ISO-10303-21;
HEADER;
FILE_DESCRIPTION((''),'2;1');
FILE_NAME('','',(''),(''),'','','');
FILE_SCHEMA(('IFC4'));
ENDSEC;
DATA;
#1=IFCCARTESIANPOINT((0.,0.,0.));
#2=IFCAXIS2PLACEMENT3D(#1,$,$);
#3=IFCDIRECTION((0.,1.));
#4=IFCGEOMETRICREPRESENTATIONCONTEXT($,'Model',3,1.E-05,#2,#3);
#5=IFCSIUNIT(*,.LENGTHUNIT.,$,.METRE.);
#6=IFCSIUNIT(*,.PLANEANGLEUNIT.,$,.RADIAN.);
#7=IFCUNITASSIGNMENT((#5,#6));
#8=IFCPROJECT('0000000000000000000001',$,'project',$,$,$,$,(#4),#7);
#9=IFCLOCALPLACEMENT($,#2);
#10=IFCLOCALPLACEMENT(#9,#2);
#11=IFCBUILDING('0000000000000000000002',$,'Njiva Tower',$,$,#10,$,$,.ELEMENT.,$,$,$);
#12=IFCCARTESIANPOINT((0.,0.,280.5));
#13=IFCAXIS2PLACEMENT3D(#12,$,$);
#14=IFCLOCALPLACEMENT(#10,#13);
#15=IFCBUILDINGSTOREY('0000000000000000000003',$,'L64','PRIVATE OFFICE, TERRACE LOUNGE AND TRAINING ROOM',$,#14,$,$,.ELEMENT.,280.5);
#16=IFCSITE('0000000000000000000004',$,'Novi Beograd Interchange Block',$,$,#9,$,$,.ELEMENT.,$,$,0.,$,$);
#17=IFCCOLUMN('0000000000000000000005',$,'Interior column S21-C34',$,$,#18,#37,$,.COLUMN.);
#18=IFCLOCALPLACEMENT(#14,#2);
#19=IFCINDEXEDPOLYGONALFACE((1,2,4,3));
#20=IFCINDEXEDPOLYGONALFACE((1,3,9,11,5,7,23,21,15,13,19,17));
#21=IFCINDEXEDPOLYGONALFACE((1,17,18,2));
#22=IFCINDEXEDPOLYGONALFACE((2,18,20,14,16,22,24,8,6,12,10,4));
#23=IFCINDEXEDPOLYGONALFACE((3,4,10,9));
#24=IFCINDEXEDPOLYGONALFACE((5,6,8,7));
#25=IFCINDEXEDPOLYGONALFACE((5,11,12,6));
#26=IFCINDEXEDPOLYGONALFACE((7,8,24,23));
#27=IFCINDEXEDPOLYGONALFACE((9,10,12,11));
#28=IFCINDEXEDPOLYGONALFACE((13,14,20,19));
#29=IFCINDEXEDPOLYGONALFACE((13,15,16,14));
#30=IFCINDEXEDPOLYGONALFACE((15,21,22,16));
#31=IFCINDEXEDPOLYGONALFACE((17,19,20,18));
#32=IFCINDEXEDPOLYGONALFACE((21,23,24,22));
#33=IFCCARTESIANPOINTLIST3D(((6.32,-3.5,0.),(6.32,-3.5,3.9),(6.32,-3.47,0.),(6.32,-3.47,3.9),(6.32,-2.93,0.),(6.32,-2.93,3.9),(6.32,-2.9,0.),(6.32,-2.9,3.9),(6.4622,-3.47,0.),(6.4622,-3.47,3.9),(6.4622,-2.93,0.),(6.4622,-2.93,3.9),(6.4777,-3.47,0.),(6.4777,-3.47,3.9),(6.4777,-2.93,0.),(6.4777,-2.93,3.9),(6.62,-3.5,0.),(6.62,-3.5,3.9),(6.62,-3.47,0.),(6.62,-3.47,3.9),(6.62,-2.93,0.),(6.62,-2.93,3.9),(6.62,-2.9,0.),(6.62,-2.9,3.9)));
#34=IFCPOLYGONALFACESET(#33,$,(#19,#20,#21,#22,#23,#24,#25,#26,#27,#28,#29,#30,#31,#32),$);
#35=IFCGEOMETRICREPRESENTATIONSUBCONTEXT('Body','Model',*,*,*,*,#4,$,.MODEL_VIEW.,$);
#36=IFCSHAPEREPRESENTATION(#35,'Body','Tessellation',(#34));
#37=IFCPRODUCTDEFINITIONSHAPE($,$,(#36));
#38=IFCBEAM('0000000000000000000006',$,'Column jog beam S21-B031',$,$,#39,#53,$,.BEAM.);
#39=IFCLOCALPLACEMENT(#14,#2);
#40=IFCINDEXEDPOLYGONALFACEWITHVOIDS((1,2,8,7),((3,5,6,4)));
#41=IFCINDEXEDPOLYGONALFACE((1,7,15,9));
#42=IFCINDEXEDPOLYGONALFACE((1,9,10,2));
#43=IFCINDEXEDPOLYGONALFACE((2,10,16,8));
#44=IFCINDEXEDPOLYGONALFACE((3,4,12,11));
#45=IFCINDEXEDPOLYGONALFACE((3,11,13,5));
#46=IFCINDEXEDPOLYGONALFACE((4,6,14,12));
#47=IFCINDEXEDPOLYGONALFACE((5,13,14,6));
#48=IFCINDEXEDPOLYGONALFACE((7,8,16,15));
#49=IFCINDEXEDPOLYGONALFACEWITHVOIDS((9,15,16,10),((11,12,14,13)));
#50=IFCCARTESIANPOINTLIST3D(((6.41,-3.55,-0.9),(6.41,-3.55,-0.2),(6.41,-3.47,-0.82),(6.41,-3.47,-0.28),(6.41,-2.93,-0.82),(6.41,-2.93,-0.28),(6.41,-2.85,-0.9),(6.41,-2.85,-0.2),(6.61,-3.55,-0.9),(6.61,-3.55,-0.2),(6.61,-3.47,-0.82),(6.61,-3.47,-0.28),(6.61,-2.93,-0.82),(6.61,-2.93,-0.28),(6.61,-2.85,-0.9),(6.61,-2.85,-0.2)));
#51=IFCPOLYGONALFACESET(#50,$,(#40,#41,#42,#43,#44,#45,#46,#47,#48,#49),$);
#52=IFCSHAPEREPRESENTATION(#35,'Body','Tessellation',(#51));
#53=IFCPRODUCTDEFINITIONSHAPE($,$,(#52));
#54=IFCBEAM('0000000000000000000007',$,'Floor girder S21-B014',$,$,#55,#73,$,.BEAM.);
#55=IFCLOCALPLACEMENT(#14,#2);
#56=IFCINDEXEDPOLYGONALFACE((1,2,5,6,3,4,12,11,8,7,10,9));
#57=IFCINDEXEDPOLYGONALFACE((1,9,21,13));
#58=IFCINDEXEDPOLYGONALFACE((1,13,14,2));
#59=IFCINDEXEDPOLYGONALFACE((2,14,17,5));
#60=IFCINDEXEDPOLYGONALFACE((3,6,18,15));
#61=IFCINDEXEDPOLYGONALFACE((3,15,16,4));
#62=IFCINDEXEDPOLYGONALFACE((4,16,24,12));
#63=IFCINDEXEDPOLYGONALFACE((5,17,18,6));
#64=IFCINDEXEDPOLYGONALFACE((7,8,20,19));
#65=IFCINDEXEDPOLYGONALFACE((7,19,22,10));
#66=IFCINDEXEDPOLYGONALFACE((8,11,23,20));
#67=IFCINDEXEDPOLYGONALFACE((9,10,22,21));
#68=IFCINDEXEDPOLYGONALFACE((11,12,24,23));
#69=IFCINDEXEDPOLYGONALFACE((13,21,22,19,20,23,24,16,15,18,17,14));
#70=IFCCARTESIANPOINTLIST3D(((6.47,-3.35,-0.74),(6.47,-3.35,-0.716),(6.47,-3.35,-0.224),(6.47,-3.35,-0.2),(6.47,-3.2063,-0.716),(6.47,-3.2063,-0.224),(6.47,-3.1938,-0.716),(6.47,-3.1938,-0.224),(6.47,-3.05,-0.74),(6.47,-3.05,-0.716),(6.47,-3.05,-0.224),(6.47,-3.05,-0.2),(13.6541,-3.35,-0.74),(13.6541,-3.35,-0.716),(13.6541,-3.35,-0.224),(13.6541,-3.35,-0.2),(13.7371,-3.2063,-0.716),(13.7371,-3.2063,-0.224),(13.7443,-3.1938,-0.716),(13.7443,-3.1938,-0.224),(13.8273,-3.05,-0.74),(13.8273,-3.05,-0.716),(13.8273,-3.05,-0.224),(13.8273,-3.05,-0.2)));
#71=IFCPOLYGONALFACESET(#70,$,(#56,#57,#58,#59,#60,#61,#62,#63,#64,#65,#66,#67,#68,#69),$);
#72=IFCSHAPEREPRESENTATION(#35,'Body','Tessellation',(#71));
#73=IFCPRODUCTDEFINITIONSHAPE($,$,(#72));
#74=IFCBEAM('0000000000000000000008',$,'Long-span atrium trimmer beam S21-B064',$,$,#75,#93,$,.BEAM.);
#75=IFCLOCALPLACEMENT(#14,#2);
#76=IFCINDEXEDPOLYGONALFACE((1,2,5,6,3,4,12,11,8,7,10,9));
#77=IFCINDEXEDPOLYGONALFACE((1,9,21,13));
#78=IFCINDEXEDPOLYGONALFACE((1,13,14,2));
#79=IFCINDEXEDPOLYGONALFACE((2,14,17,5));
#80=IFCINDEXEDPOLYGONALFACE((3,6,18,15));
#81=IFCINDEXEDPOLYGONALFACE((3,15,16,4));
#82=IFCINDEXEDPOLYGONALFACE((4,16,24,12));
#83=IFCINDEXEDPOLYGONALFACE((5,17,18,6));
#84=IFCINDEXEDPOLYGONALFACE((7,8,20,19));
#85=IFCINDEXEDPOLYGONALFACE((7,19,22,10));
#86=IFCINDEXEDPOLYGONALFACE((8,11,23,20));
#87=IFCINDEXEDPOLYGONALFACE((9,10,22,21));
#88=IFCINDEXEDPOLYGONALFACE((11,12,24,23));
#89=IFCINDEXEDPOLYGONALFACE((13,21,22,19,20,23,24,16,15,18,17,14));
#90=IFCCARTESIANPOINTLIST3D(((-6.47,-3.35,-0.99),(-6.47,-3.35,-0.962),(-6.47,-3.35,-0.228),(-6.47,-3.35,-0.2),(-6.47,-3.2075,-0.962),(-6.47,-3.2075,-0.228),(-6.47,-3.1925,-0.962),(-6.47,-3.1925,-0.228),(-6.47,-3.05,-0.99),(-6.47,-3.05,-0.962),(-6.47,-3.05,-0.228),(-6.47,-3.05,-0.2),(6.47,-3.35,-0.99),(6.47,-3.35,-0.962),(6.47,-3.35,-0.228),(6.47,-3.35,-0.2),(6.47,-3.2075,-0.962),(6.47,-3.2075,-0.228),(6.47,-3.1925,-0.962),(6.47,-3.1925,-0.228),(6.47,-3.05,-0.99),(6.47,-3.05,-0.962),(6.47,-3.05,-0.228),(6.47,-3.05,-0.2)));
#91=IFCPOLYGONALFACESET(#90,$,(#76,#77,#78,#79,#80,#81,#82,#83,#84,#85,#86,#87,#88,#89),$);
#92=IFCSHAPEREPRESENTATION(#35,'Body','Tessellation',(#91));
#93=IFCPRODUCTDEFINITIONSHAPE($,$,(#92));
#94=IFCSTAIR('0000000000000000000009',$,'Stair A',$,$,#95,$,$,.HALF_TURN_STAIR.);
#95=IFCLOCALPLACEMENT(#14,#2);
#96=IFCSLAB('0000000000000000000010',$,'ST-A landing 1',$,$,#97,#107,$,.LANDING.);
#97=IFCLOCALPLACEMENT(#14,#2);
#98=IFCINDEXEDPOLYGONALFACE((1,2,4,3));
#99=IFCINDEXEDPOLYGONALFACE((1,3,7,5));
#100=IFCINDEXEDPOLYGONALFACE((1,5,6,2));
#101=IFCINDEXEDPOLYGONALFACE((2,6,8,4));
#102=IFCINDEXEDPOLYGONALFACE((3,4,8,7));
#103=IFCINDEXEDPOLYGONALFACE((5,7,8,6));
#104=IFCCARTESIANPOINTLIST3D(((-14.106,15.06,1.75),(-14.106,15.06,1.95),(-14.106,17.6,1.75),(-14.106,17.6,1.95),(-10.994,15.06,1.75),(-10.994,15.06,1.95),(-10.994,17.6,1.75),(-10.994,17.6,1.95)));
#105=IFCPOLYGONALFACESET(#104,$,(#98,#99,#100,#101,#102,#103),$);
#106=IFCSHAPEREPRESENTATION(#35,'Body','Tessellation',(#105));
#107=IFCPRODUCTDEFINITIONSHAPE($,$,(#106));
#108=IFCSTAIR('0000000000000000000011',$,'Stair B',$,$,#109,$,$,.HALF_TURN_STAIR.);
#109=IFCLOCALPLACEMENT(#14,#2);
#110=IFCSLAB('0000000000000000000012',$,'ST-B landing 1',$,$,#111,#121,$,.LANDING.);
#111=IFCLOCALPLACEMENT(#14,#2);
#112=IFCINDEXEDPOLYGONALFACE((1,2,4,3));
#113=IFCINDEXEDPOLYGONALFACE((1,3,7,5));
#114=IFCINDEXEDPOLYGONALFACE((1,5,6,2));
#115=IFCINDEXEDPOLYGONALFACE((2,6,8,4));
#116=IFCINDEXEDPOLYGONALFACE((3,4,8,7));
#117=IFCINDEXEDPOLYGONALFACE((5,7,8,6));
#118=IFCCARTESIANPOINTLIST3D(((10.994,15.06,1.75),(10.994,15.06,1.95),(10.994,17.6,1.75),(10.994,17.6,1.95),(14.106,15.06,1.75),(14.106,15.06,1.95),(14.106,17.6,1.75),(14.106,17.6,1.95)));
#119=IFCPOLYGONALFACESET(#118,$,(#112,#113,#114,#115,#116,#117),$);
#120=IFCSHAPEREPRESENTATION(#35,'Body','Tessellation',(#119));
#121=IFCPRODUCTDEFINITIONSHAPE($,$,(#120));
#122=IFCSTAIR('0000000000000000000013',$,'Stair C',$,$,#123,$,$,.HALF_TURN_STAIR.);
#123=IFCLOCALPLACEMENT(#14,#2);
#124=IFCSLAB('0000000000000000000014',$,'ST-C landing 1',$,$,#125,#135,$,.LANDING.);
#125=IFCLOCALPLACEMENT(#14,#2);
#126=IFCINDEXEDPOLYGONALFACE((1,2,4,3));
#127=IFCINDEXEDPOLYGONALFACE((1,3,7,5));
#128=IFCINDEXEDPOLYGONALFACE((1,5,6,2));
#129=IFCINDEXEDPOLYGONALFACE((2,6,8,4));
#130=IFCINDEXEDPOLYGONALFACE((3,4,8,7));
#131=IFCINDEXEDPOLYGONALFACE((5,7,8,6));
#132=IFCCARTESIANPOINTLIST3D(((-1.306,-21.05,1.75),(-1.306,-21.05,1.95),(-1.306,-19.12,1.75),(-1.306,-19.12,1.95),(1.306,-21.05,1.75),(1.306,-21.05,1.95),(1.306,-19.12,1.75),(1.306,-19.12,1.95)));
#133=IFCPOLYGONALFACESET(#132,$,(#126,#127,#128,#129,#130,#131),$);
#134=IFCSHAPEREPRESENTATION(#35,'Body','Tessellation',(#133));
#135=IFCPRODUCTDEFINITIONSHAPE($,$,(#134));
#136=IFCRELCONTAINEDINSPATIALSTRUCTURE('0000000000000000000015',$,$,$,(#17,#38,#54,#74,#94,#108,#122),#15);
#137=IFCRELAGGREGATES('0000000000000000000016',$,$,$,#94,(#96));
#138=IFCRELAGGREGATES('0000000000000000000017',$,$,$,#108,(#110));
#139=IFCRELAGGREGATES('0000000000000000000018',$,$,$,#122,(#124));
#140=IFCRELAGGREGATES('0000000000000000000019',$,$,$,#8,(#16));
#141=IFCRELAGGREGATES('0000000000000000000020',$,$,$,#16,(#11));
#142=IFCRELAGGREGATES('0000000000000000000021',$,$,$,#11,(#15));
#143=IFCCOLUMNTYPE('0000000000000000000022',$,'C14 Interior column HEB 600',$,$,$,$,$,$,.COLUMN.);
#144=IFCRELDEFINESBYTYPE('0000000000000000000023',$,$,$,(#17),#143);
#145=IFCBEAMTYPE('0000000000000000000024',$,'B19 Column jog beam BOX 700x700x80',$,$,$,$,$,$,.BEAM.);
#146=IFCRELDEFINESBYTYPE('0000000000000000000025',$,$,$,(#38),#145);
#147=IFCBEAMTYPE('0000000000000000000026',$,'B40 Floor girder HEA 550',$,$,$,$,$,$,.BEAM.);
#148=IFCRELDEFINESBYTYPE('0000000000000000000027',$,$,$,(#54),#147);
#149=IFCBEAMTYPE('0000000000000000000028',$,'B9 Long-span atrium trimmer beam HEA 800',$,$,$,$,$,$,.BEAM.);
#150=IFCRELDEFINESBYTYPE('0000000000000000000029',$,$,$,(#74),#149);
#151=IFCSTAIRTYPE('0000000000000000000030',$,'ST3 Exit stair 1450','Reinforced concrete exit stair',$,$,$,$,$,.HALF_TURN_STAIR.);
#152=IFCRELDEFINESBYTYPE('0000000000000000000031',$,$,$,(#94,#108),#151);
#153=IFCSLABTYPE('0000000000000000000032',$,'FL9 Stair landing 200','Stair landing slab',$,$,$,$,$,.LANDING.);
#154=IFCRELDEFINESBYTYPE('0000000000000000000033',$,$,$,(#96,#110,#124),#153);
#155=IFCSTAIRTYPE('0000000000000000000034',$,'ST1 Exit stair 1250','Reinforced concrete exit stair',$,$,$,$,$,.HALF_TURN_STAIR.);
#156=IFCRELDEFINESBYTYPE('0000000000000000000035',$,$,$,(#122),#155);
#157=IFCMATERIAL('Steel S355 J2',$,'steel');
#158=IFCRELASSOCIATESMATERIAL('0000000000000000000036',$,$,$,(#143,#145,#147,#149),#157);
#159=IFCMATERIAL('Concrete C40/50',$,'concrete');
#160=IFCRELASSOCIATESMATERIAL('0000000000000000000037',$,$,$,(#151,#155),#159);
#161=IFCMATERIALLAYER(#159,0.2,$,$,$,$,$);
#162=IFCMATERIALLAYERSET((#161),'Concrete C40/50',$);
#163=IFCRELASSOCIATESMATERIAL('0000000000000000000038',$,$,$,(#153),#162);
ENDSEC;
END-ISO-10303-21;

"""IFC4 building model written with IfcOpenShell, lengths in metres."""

from ifc_helpers import new_model, si_unit, direction, frame, origin, origin_2d, place, context, subcontext, project, spatial, polyline, hollow_rectangle, i_section, outline, extrude, clip, halfspace, material, layer, layer_set, material_profile, profile_set, type_object, element, aggregate, save


model = new_model("IFC4")

# Units and contexts
model_context = context("Model", 3, precision=1e-05, world=origin(), true_north=direction((0.0, 1.0)))
body_context = subcontext(model_context, "Body", "Model", "MODEL_VIEW")
ifc_project = project(units=[si_unit("LENGTHUNIT", "METRE"), si_unit("PLANEANGLEUNIT", "RADIAN")], contexts=[model_context])

# Site, building, storey
site_placement = place(None, origin())
site = spatial("IfcSite", under=ifc_project, at=site_placement, Name="Novi Beograd Interchange Block", CompositionType="ELEMENT", RefElevation=0.0)
building_placement = place(site_placement, origin())
building = spatial("IfcBuilding", under=site, at=building_placement, Name="Njiva Tower", CompositionType="ELEMENT")
storey_placement = place(building_placement, frame((0.0, 0.0, 280.5)))
storey = spatial("IfcBuildingStorey", under=building, at=storey_placement, Name="L64", Description="PRIVATE OFFICE, TERRACE LOUNGE AND TRAINING ROOM", CompositionType="ELEMENT", Elevation=280.5)

# Column
ifc_material_1 = material(Name="Steel S355 J2", Category="steel")
ifc_material_profile_1 = material_profile(ifc_material_1, i_section(OverallWidth=0.3, OverallDepth=0.6, WebThickness=0.0155, FlangeThickness=0.03, at=origin_2d()), Name="HEB 600")
ifc_profile_set_1 = profile_set([ifc_material_profile_1], Name="Steel S355 J2")
column_type = type_object("IfcColumnType", Name="C14 Interior column HEB 600", PredefinedType="COLUMN", material=ifc_profile_set_1)
column_placement = place(storey_placement, frame((6.47, -3.2, 0.0), z_axis=(0.0, 0.0, 1.0), x_axis=(1.0, 0.0, 0.0)))
element("IfcColumn", 1, at=column_placement, inside=storey, type_object=column_type, Name="Interior column S21-C34", PredefinedType="COLUMN", context=body_context, shape_type="SweptSolid", body=[
    extrude(i_section(OverallWidth=0.3, OverallDepth=0.6, WebThickness=0.0155, FlangeThickness=0.03, at=origin_2d()), origin(), (0.0, 0.0, 1.0), 3.9),
])

# Beams
ifc_material_profile_2 = material_profile(ifc_material_1, hollow_rectangle(XDim=0.7, YDim=0.7, WallThickness=0.08, at=origin_2d()), Name="BOX 700x700x80")
ifc_profile_set_2 = profile_set([ifc_material_profile_2], Name="Steel S355 J2")
beam_type_1 = type_object("IfcBeamType", Name="B19 Column jog beam BOX 700x700x80", PredefinedType="BEAM", material=ifc_profile_set_2)
beam_1_placement = place(storey_placement, frame((6.61, -3.2, -0.55), z_axis=(-1.0, 0.0, 0.0), x_axis=(0.0, -1.0, 0.0)))
element("IfcBeam", 2, at=beam_1_placement, inside=storey, type_object=beam_type_1, Name="Column jog beam S21-B031", PredefinedType="BEAM", context=body_context, shape_type="SweptSolid", body=[
    extrude(hollow_rectangle(XDim=0.7, YDim=0.7, WallThickness=0.08, at=origin_2d()), origin(), (0.0, 0.0, 1.0), 0.2),
])
ifc_material_profile_3 = material_profile(ifc_material_1, i_section(OverallWidth=0.3, OverallDepth=0.54, WebThickness=0.0125, FlangeThickness=0.024, at=origin_2d()), Name="HEA 550")
ifc_profile_set_3 = profile_set([ifc_material_profile_3], Name="Steel S355 J2")
beam_type_2 = type_object("IfcBeamType", Name="B40 Floor girder HEA 550", PredefinedType="BEAM", material=ifc_profile_set_3)
beam_2_placement = place(storey_placement, frame((6.47, -3.2, -0.47), z_axis=(1.0, 0.0, 0.0), x_axis=(0.0, 1.0, 0.0)))
element("IfcBeam", 3, at=beam_2_placement, inside=storey, type_object=beam_type_2, Name="Floor girder S21-B014", PredefinedType="BEAM", context=body_context, shape_type="Clipping", body=[
    clip(extrude(i_section(OverallWidth=0.3, OverallDepth=0.54, WebThickness=0.0125, FlangeThickness=0.024, at=origin_2d()), origin(), (0.0, 0.0, 1.0), 7.378), halfspace(frame((-0.025, 0.0, 7.2563), z_axis=(-0.499998, 0.0, 0.866027), x_axis=(0.0, 1.0, 0.0)), False)),
])
ifc_material_profile_4 = material_profile(ifc_material_1, i_section(OverallWidth=0.3, OverallDepth=0.79, WebThickness=0.015, FlangeThickness=0.028, at=origin_2d()), Name="HEA 800")
ifc_profile_set_4 = profile_set([ifc_material_profile_4], Name="Steel S355 J2")
beam_type_3 = type_object("IfcBeamType", Name="B9 Long-span atrium trimmer beam HEA 800", PredefinedType="BEAM", material=ifc_profile_set_4)
beam_3_placement = place(storey_placement, frame((6.47, -3.2, -0.595), z_axis=(-1.0, 0.0, 0.0), x_axis=(0.0, -1.0, 0.0)))
element("IfcBeam", 4, at=beam_3_placement, inside=storey, type_object=beam_type_3, Name="Long-span atrium trimmer beam S21-B064", PredefinedType="BEAM", context=body_context, shape_type="SweptSolid", body=[
    extrude(i_section(OverallWidth=0.3, OverallDepth=0.79, WebThickness=0.015, FlangeThickness=0.028, at=origin_2d()), origin(), (0.0, 0.0, 1.0), 12.94),
])

# Stairs, slabs
ifc_material_2 = material(Name="Concrete C40/50", Category="concrete")
stair_type_1 = type_object("IfcStairType", Name="ST3 Exit stair 1450", Description="Reinforced concrete exit stair", PredefinedType="HALF_TURN_STAIR", material=ifc_material_2)
stair_1_placement = place(storey_placement, origin())
stair_1 = element("IfcStair", 5, at=stair_1_placement, inside=storey, type_object=stair_type_1, Name="Stair A", PredefinedType="HALF_TURN_STAIR")
ifc_layer_1 = layer(ifc_material_2, 0.2)
ifc_layer_set_1 = layer_set([ifc_layer_1], Name="Concrete C40/50")
slab_type_1 = type_object("IfcSlabType", Name="FL9 Stair landing 200", Description="Stair landing slab", PredefinedType="LANDING", material=ifc_layer_set_1)
slab_1_placement = place(storey_placement, frame((0.0, 0.0, 1.75)))
slab_1 = element("IfcSlab", 6, at=slab_1_placement, type_object=slab_type_1, Name="ST-A landing 1", PredefinedType="LANDING", context=body_context, shape_type="SweptSolid", body=[
    extrude(outline(polyline([(-14.106, 15.06), (-10.994, 15.06), (-10.994, 17.6), (-14.106, 17.6), (-14.106, 15.06)])), origin(), (0.0, 0.0, 1.0), 0.2),
])
aggregate(stair_1, [slab_1])
stair_2_placement = place(storey_placement, origin())
stair_2 = element("IfcStair", 7, at=stair_2_placement, inside=storey, type_object=stair_type_1, Name="Stair B", PredefinedType="HALF_TURN_STAIR")
slab_2_placement = place(storey_placement, frame((0.0, 0.0, 1.75)))
slab_2 = element("IfcSlab", 8, at=slab_2_placement, type_object=slab_type_1, Name="ST-B landing 1", PredefinedType="LANDING", context=body_context, shape_type="SweptSolid", body=[
    extrude(outline(polyline([(10.994, 15.06), (14.106, 15.06), (14.106, 17.6), (10.994, 17.6), (10.994, 15.06)])), origin(), (0.0, 0.0, 1.0), 0.2),
])
aggregate(stair_2, [slab_2])
stair_type_2 = type_object("IfcStairType", Name="ST1 Exit stair 1250", Description="Reinforced concrete exit stair", PredefinedType="HALF_TURN_STAIR", material=ifc_material_2)
stair_3_placement = place(storey_placement, origin())
stair_3 = element("IfcStair", 9, at=stair_3_placement, inside=storey, type_object=stair_type_2, Name="Stair C", PredefinedType="HALF_TURN_STAIR")
slab_3_placement = place(storey_placement, frame((0.0, 0.0, 1.75)))
slab_3 = element("IfcSlab", 10, at=slab_3_placement, type_object=slab_type_1, Name="ST-C landing 1", PredefinedType="LANDING", context=body_context, shape_type="SweptSolid", body=[
    extrude(outline(polyline([(-1.306, -21.05), (1.306, -21.05), (1.306, -19.12), (-1.306, -19.12), (-1.306, -21.05)])), origin(), (0.0, 0.0, 1.0), 0.2),
])
aggregate(stair_3, [slab_3])

save(model, "model.ifc")
